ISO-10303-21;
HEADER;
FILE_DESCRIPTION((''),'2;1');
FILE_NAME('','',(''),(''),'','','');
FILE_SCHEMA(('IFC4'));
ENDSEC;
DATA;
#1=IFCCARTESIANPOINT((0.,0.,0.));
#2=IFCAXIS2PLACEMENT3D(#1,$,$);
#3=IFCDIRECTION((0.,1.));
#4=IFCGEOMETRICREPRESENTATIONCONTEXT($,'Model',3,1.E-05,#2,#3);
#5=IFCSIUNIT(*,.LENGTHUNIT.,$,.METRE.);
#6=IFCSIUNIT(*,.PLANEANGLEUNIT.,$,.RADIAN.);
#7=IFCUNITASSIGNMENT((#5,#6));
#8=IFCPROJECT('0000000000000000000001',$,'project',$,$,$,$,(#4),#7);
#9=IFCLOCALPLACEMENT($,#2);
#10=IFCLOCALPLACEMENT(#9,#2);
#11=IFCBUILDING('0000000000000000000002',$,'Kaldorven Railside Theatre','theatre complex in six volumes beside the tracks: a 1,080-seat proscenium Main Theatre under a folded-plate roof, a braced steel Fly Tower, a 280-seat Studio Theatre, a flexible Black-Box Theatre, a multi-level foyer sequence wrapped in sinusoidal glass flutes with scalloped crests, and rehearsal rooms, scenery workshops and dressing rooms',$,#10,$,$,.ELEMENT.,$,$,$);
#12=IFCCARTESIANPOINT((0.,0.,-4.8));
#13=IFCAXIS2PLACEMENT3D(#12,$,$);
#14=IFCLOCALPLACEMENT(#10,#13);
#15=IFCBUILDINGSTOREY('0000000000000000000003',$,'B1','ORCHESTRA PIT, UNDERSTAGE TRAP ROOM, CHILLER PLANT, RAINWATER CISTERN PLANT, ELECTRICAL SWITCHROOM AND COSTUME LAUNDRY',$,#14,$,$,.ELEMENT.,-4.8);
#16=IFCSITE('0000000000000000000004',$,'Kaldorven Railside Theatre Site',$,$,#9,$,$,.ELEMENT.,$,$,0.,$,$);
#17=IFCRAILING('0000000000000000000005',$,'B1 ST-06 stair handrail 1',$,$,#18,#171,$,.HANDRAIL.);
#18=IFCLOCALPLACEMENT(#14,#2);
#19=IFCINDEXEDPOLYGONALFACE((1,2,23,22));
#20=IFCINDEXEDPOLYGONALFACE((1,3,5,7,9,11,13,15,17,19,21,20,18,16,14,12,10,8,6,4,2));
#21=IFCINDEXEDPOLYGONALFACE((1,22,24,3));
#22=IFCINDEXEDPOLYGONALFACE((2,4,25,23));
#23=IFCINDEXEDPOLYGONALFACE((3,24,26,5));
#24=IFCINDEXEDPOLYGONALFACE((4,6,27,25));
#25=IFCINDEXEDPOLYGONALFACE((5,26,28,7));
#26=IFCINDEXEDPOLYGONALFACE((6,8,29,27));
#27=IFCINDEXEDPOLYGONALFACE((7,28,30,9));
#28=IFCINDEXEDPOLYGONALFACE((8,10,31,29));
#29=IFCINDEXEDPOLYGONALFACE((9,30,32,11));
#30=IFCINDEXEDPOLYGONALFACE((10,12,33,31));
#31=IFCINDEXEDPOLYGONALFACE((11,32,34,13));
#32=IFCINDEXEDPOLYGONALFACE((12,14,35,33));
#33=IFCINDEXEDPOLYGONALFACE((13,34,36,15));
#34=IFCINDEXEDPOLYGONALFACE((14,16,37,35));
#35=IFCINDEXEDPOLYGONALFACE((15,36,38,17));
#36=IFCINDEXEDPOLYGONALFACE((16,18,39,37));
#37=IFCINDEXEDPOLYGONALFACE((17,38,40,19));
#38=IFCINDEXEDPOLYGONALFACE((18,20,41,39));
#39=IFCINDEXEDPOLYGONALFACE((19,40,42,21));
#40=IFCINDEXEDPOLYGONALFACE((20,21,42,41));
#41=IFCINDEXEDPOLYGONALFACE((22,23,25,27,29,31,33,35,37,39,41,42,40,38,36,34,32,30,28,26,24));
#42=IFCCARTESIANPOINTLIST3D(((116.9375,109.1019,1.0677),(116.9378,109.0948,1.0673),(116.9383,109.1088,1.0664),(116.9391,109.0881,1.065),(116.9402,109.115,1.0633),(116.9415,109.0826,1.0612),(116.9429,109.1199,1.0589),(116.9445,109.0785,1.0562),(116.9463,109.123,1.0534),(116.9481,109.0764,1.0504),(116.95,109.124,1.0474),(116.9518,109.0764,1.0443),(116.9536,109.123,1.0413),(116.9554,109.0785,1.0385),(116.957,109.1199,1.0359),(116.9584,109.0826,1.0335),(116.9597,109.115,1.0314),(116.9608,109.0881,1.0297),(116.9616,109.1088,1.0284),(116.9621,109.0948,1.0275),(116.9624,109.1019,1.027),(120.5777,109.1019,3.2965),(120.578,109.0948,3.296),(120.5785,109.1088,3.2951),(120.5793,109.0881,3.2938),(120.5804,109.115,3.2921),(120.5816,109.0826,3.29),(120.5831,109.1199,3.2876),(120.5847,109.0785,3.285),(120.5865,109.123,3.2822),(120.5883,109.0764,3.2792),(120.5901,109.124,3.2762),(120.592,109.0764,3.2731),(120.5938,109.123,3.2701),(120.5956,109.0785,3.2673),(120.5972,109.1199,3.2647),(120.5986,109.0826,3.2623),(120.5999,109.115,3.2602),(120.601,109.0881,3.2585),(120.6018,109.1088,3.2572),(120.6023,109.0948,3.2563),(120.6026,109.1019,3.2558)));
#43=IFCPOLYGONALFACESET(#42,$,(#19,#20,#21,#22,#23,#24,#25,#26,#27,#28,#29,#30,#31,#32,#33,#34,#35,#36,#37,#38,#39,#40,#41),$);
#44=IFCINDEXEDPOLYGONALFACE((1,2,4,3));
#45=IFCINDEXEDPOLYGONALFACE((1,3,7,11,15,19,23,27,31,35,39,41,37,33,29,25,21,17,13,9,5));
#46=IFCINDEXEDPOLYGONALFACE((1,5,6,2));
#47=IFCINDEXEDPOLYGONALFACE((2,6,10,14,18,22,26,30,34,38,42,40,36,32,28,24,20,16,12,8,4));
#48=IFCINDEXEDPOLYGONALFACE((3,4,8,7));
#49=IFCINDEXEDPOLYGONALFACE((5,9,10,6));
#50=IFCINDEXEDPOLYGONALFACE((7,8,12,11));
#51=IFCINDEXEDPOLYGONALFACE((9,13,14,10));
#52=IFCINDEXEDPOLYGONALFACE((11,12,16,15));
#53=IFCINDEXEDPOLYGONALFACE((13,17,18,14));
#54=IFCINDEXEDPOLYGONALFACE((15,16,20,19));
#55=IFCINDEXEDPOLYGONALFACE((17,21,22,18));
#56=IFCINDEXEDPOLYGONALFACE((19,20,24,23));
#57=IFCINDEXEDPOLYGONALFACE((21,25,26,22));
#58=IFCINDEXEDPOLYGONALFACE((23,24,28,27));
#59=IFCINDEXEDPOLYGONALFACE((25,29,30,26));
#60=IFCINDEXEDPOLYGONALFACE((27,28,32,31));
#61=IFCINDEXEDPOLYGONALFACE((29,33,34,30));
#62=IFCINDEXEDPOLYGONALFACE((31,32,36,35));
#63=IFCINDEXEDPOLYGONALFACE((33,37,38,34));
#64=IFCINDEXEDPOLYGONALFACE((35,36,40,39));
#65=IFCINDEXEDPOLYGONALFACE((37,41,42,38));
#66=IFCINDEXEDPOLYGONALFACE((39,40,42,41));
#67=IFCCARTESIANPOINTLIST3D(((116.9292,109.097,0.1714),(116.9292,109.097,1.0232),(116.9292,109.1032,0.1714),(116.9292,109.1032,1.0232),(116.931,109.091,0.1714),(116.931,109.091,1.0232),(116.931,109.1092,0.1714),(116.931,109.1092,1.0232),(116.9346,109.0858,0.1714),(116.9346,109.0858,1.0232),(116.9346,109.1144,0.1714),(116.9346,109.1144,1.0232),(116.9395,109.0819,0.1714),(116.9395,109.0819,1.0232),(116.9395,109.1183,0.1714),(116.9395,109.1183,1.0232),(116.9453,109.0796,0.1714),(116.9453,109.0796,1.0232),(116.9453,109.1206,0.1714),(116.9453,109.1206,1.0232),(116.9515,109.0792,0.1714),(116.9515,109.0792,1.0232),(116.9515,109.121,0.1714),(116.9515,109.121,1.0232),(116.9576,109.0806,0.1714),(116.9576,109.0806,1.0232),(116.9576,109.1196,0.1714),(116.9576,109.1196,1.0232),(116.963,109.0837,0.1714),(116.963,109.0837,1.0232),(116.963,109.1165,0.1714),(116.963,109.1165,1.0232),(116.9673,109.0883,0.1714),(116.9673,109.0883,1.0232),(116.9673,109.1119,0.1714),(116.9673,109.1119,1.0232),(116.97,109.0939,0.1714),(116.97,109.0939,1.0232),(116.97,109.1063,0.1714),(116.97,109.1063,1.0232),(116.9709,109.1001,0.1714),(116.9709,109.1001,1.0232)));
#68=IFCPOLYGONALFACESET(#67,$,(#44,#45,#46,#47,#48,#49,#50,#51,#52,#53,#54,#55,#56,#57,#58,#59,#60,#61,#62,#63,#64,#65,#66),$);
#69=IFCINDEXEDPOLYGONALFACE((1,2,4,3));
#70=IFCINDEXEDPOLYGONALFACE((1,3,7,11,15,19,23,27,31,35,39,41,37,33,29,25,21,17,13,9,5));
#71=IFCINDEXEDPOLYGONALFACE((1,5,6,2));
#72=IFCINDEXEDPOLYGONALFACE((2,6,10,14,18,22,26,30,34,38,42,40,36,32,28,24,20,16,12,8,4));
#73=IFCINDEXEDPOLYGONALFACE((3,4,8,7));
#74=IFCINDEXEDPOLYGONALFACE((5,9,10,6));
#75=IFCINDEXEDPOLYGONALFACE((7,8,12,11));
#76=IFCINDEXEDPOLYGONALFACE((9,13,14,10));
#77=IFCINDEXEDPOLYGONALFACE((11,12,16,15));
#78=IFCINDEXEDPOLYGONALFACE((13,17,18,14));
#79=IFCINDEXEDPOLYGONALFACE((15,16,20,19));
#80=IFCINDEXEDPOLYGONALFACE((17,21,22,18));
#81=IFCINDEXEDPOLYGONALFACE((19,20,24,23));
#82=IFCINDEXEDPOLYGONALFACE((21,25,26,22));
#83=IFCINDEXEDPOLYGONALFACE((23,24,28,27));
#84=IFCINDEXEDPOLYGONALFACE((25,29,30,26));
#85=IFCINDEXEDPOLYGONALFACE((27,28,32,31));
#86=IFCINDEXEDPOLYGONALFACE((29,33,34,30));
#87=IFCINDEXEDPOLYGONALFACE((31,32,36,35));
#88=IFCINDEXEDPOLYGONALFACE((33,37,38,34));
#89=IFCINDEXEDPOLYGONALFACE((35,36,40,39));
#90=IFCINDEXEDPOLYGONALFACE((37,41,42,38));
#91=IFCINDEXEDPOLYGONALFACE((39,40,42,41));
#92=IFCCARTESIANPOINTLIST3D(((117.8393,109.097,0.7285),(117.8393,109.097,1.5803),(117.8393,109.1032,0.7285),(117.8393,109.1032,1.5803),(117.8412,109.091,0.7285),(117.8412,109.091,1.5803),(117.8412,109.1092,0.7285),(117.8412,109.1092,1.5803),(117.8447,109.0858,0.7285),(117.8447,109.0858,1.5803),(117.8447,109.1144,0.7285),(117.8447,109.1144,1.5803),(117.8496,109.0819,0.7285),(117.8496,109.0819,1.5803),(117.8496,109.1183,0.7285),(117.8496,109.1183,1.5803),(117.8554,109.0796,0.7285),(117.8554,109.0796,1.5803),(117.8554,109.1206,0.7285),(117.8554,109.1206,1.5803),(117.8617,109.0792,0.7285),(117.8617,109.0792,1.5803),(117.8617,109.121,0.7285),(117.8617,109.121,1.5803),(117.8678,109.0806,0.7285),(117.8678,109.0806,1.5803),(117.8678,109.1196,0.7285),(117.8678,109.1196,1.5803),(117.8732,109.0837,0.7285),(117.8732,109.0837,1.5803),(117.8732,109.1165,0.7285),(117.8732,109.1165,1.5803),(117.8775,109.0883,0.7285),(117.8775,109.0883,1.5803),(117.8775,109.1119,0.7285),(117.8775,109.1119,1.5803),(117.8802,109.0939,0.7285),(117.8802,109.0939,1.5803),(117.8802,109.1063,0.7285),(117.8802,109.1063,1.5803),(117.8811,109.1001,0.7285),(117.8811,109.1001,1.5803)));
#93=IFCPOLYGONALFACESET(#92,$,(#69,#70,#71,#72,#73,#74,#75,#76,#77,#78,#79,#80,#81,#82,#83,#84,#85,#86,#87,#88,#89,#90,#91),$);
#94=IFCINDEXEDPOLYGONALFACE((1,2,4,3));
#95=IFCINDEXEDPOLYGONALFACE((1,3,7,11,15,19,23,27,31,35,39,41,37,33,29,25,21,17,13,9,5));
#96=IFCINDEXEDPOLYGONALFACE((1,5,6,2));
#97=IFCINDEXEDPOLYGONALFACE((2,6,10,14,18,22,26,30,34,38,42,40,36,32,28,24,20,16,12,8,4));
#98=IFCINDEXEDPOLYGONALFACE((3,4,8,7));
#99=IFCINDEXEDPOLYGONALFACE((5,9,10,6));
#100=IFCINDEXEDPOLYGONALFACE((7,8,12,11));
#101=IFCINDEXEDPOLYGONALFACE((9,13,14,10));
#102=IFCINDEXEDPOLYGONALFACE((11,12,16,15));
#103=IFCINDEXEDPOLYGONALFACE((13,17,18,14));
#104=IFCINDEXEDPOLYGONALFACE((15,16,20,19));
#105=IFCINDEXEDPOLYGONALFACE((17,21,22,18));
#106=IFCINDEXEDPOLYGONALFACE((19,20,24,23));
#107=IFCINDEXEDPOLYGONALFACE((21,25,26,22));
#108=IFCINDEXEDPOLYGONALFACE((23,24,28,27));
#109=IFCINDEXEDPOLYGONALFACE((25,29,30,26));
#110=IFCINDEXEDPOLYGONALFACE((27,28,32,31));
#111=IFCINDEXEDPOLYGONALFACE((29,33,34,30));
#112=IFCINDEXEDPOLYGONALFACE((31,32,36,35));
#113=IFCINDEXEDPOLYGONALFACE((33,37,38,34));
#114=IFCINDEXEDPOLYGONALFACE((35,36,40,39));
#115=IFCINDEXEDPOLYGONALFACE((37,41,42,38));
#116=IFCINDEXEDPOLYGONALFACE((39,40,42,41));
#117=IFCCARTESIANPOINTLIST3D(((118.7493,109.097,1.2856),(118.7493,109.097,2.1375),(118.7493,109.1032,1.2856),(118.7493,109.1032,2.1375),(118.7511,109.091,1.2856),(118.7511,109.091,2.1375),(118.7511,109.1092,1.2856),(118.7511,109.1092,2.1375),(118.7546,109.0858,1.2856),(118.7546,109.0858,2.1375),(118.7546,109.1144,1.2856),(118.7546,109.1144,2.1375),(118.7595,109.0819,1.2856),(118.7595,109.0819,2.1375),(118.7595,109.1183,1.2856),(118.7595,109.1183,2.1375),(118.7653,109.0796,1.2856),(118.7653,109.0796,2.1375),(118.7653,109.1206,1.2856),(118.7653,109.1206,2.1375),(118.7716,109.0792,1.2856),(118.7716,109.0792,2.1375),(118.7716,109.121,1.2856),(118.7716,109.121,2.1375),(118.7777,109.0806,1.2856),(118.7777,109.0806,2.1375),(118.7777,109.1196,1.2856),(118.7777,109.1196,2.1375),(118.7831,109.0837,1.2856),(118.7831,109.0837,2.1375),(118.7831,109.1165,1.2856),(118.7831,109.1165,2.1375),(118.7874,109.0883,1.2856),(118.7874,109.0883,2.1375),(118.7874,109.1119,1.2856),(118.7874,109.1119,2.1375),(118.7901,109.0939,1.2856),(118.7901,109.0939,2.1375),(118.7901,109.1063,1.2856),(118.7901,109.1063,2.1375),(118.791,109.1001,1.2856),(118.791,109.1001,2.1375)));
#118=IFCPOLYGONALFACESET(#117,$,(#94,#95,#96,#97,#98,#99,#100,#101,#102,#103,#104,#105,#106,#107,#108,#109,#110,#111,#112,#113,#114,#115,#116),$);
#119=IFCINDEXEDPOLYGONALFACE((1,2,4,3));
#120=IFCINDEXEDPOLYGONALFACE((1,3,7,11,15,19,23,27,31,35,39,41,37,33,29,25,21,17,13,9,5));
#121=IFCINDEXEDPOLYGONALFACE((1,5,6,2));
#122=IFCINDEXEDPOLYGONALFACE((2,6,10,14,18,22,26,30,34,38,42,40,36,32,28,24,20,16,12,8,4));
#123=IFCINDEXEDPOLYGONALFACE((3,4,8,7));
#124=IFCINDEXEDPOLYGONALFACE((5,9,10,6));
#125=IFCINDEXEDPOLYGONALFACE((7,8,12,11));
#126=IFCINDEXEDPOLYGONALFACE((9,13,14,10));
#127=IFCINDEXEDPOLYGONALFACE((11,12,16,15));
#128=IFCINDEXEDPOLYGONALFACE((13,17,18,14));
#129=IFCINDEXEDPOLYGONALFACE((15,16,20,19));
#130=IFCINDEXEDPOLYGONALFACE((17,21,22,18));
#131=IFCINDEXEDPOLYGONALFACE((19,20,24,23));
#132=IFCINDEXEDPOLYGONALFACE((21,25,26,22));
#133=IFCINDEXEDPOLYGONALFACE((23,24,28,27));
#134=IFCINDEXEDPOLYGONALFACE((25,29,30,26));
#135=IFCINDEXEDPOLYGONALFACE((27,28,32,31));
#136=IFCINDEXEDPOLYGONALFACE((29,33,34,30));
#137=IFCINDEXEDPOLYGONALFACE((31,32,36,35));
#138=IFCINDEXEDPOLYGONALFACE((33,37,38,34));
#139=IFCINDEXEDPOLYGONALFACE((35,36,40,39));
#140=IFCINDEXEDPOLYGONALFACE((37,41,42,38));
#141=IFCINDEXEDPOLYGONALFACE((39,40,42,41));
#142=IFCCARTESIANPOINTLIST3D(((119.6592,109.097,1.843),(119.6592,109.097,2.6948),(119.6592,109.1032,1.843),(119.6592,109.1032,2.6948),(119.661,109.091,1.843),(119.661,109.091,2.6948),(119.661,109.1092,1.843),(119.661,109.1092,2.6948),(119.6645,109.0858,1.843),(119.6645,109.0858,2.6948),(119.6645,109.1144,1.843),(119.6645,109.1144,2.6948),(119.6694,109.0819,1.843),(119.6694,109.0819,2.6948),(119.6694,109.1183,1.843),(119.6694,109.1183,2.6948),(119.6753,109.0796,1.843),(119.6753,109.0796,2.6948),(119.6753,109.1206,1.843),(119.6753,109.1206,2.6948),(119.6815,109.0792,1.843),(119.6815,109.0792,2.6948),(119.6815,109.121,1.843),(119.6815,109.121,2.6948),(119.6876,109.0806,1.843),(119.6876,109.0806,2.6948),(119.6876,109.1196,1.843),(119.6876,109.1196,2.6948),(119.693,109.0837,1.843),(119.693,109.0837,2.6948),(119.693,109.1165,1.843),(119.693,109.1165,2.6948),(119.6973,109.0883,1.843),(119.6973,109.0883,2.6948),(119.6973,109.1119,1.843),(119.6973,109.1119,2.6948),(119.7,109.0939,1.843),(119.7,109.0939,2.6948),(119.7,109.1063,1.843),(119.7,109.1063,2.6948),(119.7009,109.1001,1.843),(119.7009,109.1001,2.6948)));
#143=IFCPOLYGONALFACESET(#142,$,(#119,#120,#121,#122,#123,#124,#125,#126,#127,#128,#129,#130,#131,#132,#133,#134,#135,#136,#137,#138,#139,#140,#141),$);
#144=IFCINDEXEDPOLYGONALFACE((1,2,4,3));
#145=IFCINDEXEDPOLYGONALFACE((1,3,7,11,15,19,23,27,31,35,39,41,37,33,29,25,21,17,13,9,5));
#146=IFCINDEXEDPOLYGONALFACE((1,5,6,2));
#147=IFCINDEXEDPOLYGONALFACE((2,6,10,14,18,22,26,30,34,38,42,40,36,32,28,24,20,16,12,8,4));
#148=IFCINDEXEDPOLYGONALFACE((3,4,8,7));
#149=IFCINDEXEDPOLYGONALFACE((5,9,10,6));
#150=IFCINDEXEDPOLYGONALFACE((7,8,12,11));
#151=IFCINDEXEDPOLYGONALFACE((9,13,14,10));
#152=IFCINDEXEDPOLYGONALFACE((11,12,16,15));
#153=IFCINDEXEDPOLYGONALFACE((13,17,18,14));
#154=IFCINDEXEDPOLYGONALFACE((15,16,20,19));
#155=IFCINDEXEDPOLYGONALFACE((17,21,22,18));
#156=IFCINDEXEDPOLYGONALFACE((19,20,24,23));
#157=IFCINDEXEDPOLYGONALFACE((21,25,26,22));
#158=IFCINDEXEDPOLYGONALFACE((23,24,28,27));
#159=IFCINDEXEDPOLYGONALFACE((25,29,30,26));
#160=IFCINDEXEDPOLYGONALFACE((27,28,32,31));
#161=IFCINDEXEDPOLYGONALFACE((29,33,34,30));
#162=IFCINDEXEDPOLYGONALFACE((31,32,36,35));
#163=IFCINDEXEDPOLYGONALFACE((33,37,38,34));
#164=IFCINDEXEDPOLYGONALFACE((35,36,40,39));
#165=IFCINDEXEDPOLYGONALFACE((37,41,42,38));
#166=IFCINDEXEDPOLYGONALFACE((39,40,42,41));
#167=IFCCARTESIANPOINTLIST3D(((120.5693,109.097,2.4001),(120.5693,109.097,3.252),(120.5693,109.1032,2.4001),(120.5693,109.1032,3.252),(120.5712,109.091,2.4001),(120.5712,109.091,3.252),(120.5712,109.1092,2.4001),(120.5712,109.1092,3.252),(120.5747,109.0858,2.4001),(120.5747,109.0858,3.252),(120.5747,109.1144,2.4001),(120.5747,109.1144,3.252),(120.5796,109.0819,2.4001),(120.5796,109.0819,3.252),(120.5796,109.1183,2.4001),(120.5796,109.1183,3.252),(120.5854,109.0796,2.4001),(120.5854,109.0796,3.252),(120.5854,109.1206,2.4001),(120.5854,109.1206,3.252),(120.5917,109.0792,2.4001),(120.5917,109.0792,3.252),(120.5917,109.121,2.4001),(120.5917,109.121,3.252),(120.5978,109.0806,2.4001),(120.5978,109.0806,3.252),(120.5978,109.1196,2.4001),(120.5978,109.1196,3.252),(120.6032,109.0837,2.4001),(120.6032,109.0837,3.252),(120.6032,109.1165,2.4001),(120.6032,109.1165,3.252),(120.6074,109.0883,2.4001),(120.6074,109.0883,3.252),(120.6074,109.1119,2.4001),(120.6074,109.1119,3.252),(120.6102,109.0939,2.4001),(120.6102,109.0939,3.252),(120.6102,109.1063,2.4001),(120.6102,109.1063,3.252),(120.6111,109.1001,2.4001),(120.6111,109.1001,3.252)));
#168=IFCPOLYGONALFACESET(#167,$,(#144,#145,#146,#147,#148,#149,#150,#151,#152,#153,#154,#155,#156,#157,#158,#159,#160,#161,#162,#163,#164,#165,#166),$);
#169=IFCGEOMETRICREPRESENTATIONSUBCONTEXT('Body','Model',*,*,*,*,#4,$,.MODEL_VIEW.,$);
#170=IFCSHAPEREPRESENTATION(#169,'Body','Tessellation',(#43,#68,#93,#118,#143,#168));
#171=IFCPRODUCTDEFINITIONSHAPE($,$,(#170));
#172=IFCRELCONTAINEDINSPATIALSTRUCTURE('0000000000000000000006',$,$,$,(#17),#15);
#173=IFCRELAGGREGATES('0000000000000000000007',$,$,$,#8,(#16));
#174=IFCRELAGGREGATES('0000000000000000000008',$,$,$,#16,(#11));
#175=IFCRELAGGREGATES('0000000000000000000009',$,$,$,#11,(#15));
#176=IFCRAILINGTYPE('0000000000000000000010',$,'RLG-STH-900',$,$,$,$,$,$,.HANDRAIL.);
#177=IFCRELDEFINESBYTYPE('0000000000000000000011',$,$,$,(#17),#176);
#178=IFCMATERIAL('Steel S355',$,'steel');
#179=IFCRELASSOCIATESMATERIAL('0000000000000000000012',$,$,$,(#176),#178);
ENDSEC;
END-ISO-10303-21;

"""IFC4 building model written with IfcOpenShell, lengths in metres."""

from ifc_helpers import new_model, si_unit, direction, frame, origin, origin_2d, place, context, subcontext, project, spatial, circle, extrude, material, type_object, element, save


model = new_model("IFC4")

# Units and contexts
model_context = context("Model", 3, precision=1e-05, world=origin(), true_north=direction((0.0, 1.0)))
body_context = subcontext(model_context, "Body", "Model", "MODEL_VIEW")
ifc_project = project(units=[si_unit("LENGTHUNIT", "METRE"), si_unit("PLANEANGLEUNIT", "RADIAN")], contexts=[model_context])

# Site, building, storey
site_placement = place(None, origin())
site = spatial("IfcSite", under=ifc_project, at=site_placement, Name="Kaldorven Railside Theatre Site", CompositionType="ELEMENT", RefElevation=0.0)
building_placement = place(site_placement, origin())
building = spatial("IfcBuilding", under=site, at=building_placement, Name="Kaldorven Railside Theatre", Description="theatre complex in six volumes beside the tracks: a 1,080-seat proscenium Main Theatre under a folded-plate roof, a braced steel Fly Tower, a 280-seat Studio Theatre, a flexible Black-Box Theatre, a multi-level foyer sequence wrapped in sinusoidal glass flutes with scalloped crests, and rehearsal rooms, scenery workshops and dressing rooms", CompositionType="ELEMENT")
storey_placement = place(building_placement, frame((0.0, 0.0, -4.8)))
storey = spatial("IfcBuildingStorey", under=building, at=storey_placement, Name="B1", Description="ORCHESTRA PIT, UNDERSTAGE TRAP ROOM, CHILLER PLANT, RAINWATER CISTERN PLANT, ELECTRICAL SWITCHROOM AND COSTUME LAUNDRY", CompositionType="ELEMENT", Elevation=-4.8)

# Railing
ifc_material_1 = material(Name="Steel S355", Category="steel")
railing_type_1 = type_object("IfcRailingType", Name="RLG-STH-900", PredefinedType="HANDRAIL", material=ifc_material_1)
railing_1_placement = place(storey_placement, frame((116.95, 109.1001, 0.1714)))
element("IfcRailing", 1, at=railing_1_placement, inside=storey, type_object=railing_type_1, Name="B1 ST-06 stair handrail 1", PredefinedType="HANDRAIL", context=body_context, shape_type="SweptSolid", body=[
    extrude(circle(Radius=0.0239, at=origin_2d()), frame((0.0, 0.0, 0.876), z_axis=(0.85284, 0.0, 0.522172), x_axis=(0.0, 1.0, 0.0)), (0.0, 0.0, 1.0), 4.2683),
    extrude(circle(Radius=0.021, at=origin_2d()), origin(), (0.0, 0.0, 1.0), 0.8518),
    extrude(circle(Radius=0.021, at=origin_2d()), frame((0.9102, 0.0, 0.5571)), (0.0, 0.0, 1.0), 0.8518),
    extrude(circle(Radius=0.021, at=origin_2d()), frame((1.8201, 0.0, 1.1143)), (0.0, 0.0, 1.0), 0.8518),
    extrude(circle(Radius=0.021, at=origin_2d()), frame((2.73, 0.0, 1.6716)), (0.0, 0.0, 1.0), 0.8518),
    extrude(circle(Radius=0.021, at=origin_2d()), frame((3.6401, 0.0, 2.2288)), (0.0, 0.0, 1.0), 0.8518),
])

save(model, "model.ifc")
